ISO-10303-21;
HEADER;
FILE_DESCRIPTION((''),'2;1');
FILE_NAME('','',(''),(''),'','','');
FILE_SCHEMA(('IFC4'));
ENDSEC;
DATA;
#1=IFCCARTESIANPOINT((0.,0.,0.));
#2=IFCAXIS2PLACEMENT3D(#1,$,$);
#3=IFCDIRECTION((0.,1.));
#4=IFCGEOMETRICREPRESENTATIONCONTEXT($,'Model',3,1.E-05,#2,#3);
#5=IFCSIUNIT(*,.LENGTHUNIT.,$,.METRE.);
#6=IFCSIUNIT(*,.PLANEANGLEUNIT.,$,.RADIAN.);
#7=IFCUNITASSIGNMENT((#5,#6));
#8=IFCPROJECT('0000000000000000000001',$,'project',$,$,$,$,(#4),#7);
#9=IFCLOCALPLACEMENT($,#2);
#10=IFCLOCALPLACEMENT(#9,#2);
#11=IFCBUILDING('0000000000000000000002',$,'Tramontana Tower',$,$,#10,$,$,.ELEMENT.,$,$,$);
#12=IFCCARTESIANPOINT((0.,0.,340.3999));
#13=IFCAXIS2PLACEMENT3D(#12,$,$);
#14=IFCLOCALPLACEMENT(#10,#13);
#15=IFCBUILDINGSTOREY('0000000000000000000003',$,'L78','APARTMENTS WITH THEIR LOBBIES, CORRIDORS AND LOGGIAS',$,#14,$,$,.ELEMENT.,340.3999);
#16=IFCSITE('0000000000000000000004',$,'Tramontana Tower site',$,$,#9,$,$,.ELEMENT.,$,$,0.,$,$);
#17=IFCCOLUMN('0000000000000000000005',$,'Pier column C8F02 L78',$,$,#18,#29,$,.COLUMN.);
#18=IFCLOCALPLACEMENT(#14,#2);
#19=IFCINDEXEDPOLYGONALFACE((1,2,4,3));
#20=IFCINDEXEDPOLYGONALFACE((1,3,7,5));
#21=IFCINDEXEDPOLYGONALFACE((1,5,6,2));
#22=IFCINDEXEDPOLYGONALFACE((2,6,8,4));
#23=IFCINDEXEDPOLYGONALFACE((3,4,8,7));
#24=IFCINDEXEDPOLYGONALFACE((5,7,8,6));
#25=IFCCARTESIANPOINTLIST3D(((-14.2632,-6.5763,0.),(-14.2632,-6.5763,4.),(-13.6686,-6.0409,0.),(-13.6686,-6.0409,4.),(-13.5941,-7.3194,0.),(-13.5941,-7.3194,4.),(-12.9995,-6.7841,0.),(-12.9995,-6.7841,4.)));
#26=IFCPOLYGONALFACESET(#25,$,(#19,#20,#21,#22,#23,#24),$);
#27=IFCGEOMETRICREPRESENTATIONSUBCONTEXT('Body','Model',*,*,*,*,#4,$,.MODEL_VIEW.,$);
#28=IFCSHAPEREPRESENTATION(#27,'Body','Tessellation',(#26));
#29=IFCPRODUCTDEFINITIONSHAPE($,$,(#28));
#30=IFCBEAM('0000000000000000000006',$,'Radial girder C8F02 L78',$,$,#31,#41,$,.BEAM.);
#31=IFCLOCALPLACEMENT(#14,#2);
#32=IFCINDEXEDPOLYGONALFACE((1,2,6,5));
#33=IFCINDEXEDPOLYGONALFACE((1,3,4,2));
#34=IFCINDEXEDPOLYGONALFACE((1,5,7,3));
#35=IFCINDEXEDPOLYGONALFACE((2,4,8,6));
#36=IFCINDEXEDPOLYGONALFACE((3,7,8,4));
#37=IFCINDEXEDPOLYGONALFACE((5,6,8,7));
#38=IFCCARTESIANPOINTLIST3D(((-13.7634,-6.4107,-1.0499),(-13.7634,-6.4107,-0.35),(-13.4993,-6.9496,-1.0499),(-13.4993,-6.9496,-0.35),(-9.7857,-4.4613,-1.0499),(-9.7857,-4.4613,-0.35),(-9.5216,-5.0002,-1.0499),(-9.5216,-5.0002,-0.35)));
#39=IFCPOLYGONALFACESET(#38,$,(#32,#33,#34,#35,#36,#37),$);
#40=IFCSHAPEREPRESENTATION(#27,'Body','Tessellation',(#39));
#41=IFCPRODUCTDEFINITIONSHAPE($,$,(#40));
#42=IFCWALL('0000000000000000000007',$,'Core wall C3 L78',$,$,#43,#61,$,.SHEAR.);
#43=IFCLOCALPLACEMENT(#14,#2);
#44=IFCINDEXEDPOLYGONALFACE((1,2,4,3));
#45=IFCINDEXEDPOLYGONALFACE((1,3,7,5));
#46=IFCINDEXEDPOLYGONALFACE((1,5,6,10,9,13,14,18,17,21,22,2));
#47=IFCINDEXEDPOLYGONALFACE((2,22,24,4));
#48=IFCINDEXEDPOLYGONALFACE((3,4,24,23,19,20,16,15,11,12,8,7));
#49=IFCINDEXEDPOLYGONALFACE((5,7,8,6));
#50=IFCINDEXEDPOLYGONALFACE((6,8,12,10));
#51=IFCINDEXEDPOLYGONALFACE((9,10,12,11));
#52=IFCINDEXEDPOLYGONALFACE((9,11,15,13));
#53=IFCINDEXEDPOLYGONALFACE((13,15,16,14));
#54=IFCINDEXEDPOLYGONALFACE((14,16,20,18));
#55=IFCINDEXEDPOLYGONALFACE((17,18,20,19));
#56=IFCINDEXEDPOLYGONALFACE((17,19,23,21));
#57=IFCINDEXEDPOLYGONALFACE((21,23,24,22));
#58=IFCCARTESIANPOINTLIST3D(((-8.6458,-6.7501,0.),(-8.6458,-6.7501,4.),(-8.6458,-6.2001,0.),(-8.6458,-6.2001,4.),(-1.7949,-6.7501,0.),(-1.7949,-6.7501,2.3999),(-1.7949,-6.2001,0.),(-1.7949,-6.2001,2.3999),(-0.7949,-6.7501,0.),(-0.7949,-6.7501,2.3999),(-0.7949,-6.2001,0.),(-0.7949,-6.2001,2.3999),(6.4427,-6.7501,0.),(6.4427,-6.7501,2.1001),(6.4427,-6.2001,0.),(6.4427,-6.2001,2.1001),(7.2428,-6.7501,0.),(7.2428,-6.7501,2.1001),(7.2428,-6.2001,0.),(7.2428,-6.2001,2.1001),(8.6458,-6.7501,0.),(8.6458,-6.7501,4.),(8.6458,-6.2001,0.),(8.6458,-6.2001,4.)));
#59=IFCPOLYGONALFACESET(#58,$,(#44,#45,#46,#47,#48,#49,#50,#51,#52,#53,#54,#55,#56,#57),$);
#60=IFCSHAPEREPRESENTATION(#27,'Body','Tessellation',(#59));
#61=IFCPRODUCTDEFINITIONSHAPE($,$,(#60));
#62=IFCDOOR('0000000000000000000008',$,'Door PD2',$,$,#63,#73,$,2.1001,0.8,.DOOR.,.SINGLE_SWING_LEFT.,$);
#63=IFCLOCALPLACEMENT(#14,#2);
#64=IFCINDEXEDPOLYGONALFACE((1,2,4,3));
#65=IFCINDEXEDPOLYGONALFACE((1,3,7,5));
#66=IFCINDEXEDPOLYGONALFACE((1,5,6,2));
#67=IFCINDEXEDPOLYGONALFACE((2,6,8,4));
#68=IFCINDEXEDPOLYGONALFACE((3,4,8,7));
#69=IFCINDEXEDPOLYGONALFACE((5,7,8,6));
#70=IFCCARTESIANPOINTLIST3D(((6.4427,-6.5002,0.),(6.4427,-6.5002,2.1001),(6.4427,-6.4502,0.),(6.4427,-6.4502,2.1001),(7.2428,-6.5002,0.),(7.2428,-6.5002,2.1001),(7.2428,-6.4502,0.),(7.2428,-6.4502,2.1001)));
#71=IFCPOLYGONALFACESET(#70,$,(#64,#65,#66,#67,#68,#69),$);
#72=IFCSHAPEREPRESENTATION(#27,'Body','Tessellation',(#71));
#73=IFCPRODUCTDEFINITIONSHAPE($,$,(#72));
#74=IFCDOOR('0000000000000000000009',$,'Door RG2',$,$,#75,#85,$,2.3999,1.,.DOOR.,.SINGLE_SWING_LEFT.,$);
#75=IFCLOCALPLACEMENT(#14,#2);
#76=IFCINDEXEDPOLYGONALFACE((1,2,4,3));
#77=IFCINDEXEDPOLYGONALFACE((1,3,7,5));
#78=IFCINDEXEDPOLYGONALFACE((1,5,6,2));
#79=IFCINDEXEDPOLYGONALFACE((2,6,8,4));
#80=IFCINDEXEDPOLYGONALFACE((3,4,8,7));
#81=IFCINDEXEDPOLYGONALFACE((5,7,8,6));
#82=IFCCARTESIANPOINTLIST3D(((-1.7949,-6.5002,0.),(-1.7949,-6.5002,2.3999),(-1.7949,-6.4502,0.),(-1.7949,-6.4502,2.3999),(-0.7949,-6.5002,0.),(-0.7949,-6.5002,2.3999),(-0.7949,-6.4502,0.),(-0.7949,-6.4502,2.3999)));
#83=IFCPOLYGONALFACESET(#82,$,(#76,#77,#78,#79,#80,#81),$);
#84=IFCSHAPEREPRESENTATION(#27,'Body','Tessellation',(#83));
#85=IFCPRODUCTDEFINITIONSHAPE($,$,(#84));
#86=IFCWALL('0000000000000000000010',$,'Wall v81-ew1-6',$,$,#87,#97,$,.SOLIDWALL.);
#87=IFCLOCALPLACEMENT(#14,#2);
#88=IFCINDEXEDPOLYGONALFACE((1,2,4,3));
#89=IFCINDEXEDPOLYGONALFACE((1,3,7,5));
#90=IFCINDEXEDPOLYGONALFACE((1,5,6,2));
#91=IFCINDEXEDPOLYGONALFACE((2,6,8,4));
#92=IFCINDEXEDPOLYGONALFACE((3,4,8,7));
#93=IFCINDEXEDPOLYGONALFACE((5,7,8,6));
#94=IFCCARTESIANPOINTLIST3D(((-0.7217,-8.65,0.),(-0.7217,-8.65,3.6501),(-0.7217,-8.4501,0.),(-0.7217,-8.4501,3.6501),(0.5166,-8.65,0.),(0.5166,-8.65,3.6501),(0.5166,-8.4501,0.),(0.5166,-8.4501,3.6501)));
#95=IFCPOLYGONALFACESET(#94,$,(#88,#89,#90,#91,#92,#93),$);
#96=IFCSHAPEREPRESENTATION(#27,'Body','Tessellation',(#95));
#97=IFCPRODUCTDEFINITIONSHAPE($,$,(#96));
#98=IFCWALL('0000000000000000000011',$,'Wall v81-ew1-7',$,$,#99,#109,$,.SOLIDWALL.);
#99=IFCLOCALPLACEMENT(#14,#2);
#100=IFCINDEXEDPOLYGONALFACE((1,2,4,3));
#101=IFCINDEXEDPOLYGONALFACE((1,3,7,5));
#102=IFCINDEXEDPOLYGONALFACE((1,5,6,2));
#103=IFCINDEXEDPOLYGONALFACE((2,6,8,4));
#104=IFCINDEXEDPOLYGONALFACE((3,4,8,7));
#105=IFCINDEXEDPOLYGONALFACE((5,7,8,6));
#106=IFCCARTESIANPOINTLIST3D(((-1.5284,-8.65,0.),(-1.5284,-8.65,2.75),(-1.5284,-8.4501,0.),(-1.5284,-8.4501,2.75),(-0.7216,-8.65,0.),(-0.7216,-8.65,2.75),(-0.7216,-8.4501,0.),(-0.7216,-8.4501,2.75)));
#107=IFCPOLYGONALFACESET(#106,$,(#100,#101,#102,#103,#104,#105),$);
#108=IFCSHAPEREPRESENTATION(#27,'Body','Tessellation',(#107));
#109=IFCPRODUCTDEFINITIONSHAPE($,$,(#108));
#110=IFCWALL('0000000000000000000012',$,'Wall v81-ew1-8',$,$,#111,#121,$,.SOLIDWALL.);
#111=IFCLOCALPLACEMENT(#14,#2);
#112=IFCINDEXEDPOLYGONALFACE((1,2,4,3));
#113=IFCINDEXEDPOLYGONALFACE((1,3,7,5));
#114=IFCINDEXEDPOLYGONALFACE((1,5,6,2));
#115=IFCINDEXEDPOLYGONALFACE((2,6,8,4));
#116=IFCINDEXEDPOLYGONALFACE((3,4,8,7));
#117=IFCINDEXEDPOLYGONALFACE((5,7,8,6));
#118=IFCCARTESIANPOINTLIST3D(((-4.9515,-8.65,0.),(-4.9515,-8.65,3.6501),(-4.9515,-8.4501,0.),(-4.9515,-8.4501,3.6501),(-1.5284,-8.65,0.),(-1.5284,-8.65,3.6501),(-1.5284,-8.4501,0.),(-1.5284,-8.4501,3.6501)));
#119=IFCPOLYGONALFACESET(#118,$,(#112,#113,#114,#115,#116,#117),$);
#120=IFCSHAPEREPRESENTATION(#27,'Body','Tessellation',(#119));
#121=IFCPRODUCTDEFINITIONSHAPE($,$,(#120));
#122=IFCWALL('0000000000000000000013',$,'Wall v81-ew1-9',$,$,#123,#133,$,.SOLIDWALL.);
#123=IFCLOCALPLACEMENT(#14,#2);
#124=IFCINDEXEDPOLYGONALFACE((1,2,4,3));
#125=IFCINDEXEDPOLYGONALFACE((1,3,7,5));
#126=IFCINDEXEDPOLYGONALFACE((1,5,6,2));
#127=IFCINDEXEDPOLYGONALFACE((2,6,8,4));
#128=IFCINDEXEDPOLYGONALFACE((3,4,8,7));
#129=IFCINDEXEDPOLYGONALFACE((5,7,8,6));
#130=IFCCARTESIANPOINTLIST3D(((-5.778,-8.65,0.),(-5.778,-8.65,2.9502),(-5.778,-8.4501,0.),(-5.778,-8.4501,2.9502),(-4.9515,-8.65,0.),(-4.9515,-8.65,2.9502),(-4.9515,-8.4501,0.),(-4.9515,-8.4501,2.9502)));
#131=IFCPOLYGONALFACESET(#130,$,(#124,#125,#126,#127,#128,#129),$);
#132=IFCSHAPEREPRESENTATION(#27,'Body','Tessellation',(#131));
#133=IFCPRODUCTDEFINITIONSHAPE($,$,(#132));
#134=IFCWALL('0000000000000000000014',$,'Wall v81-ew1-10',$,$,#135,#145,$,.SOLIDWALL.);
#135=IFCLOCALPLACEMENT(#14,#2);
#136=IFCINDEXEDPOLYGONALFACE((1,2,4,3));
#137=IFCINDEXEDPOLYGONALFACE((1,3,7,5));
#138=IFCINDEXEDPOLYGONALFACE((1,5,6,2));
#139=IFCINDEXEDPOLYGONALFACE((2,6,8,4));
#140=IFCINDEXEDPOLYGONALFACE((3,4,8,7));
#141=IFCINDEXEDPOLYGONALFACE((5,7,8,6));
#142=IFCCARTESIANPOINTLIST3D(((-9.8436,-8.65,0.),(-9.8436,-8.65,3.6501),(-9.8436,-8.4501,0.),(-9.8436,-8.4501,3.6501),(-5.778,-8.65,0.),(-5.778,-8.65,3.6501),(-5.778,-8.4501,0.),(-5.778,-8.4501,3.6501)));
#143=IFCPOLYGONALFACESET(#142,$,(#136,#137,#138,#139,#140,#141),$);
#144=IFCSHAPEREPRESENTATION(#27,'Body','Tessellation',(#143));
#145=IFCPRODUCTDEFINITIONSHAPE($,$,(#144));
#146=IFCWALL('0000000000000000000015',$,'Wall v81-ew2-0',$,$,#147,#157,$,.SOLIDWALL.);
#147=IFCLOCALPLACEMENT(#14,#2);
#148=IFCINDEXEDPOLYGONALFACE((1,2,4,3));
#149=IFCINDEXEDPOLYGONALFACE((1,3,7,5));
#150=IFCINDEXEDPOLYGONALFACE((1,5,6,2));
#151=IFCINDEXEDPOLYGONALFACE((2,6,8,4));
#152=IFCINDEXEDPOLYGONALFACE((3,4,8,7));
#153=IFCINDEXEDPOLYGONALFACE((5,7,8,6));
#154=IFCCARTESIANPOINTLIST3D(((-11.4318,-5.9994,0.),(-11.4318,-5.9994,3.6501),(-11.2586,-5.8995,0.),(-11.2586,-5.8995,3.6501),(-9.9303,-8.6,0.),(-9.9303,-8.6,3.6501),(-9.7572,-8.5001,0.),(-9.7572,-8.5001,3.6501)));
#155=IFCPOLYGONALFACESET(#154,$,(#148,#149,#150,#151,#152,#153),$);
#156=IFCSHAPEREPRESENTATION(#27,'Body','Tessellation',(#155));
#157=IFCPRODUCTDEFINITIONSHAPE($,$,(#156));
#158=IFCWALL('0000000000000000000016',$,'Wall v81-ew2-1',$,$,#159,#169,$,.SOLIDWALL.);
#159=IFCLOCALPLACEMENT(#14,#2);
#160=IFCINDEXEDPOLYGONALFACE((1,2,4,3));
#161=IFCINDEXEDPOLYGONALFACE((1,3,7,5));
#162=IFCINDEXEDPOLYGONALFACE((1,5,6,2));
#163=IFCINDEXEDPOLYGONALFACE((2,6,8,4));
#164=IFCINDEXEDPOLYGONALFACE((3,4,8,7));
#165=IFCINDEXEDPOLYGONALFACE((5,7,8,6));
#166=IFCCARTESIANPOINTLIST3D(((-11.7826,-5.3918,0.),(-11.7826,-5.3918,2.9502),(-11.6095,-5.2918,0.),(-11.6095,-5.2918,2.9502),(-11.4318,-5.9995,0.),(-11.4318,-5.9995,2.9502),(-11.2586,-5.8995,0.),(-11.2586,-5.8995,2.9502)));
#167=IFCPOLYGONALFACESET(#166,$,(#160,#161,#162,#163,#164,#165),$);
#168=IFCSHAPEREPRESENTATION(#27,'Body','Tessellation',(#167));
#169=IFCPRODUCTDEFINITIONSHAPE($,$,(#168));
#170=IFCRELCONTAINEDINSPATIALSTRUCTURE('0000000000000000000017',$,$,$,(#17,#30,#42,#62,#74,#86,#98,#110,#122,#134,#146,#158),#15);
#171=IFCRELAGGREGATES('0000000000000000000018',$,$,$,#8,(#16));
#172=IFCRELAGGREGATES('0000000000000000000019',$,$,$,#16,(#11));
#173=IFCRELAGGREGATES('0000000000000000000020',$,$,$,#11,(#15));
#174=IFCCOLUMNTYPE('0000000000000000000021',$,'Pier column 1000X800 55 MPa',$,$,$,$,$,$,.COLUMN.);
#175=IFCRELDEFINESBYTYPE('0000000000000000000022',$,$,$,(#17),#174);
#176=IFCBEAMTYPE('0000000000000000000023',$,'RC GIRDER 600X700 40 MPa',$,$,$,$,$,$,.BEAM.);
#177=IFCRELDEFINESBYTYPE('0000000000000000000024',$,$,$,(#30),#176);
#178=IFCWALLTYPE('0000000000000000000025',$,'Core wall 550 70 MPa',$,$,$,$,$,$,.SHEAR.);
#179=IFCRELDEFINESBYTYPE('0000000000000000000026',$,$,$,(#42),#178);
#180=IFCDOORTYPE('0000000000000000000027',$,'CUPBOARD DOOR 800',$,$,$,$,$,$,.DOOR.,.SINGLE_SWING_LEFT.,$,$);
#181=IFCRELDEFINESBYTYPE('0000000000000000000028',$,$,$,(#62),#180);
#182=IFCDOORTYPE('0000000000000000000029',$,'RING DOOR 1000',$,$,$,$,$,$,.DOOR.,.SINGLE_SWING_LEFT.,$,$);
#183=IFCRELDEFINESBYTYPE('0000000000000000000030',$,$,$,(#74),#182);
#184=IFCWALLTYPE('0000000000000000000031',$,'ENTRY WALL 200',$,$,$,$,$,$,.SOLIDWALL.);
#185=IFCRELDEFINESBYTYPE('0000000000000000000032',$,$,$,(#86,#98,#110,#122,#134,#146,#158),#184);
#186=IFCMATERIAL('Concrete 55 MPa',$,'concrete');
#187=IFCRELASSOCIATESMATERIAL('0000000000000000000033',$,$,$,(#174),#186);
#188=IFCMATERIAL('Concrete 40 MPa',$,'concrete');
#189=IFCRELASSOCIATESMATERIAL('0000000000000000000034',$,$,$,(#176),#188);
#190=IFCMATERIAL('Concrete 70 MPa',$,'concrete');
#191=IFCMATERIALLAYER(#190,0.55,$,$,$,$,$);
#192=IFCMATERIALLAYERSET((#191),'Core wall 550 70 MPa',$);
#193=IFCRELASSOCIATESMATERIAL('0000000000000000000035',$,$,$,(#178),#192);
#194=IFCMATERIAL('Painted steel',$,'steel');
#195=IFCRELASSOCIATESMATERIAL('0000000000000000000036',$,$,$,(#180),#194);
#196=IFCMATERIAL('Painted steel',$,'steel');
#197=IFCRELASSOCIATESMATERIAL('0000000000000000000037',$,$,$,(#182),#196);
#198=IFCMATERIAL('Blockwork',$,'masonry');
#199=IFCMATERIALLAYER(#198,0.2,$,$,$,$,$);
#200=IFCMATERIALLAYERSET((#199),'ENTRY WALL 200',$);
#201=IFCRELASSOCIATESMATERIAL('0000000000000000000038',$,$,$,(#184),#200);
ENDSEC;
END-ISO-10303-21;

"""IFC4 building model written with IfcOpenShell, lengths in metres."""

from ifc_helpers import new_model, si_unit, direction, frame, frame_2d, origin, origin_2d, place, context, subcontext, project, spatial, rectangle, extrude, material, layer, layer_set, material_profile, profile_set, type_object, element, fill, save


model = new_model("IFC4")

# Units and contexts
model_context = context("Model", 3, precision=1e-05, world=origin(), true_north=direction((0.0, 1.0)))
body_context = subcontext(model_context, "Body", "Model", "MODEL_VIEW")
ifc_project = project(units=[si_unit("LENGTHUNIT", "METRE"), si_unit("PLANEANGLEUNIT", "RADIAN")], contexts=[model_context])

# Site, building, storey
site_placement = place(None, origin())
site = spatial("IfcSite", under=ifc_project, at=site_placement, Name="Tramontana Tower site", CompositionType="ELEMENT", RefElevation=0.0)
building_placement = place(site_placement, origin())
building = spatial("IfcBuilding", under=site, at=building_placement, Name="Tramontana Tower", CompositionType="ELEMENT")
storey_placement = place(building_placement, frame((0.0, 0.0, 340.3999)))
storey = spatial("IfcBuildingStorey", under=building, at=storey_placement, Name="L78", Description="APARTMENTS WITH THEIR LOBBIES, CORRIDORS AND LOGGIAS", CompositionType="ELEMENT", Elevation=340.3999)

# Column
ifc_material_1 = material(Name="Concrete 55 MPa", Category="concrete")
ifc_material_profile_1 = material_profile(ifc_material_1, rectangle(XDim=1.0, YDim=0.8, at=origin_2d()), Name="Pier column 1000X800 55 MPa")
ifc_profile_set_1 = profile_set([ifc_material_profile_1], Name="Concrete 55 MPa")
column_type = type_object("IfcColumnType", Name="Pier column 1000X800 55 MPa", PredefinedType="COLUMN", material=ifc_profile_set_1)
column_placement = place(storey_placement, frame((-13.6313, -6.6802, 0.0), z_axis=(0.0, 0.0, 1.0), x_axis=(0.669131, -0.743145, 0.0)))
element("IfcColumn", 1, at=column_placement, inside=storey, type_object=column_type, Name="Pier column C8F02 L78", PredefinedType="COLUMN", context=body_context, shape_type="SweptSolid", body=[
    extrude(rectangle(XDim=1.0, YDim=0.8, at=origin_2d()), origin(), (0.0, 0.0, 1.0), 4.0),
])

# Beam
ifc_material_2 = material(Name="Concrete 40 MPa", Category="concrete")
ifc_material_profile_2 = material_profile(ifc_material_2, rectangle(XDim=0.6001, YDim=0.7, at=origin_2d()), Name="RC GIRDER 600X700 40 MPa")
ifc_profile_set_2 = profile_set([ifc_material_profile_2], Name="Concrete 40 MPa")
beam_type = type_object("IfcBeamType", Name="RC GIRDER 600X700 40 MPa", PredefinedType="BEAM", material=ifc_profile_set_2)
beam_placement = place(storey_placement, frame((-13.6313, -6.6802, -0.7), z_axis=(0.897959, 0.440079, 0.0), x_axis=(-0.440079, 0.897959, 0.0)))
element("IfcBeam", 2, at=beam_placement, inside=storey, type_object=beam_type, Name="Radial girder C8F02 L78", PredefinedType="BEAM", context=body_context, shape_type="SweptSolid", body=[
    extrude(rectangle(XDim=0.6001, YDim=0.7, at=origin_2d()), origin(), (0.0, 0.0, 1.0), 4.4297),
])

# Wall, openings, doors
ifc_material_3 = material(Name="Concrete 70 MPa", Category="concrete")
ifc_layer_1 = layer(ifc_material_3, 0.55)
ifc_layer_set_1 = layer_set([ifc_layer_1], Name="Core wall 550 70 MPa")
wall_type_1 = type_object("IfcWallType", Name="Core wall 550 70 MPa", PredefinedType="SHEAR", material=ifc_layer_set_1)
wall_1_placement = place(storey_placement, frame((-8.6458, -6.4751, 0.0), z_axis=(0.0, 0.0, 1.0), x_axis=(1.0, 0.0, 0.0)))
wall_1 = element("IfcWall", 3, at=wall_1_placement, inside=storey, type_object=wall_type_1, Name="Core wall C3 L78", PredefinedType="SHEAR", context=body_context, shape_type="SweptSolid", body=[
    extrude(rectangle(XDim=17.2915, YDim=0.55, at=frame_2d((8.6458, 0.0))), origin(), (0.0, 0.0, 1.0), 4.0),
])
opening_1_placement = place(wall_1_placement, frame((6.8508, 0.0, 0.0)))
opening_1 = element("IfcOpeningElement", 4, at=opening_1_placement, cuts=wall_1, PredefinedType="OPENING", context=body_context, shape_type="SweptSolid", body=[
    extrude(rectangle(XDim=1.0, YDim=2.3999, at=frame_2d((0.5, 1.2))), frame((0.0, 0.2849, 0.0), z_axis=(0.0, -1.0, 0.0), x_axis=(1.0, 0.0, 0.0)), (0.0, 0.0, 1.0), 0.5701),
])
opening_2_placement = place(wall_1_placement, frame((15.0886, 0.0, 0.0)))
opening_2 = element("IfcOpeningElement", 5, at=opening_2_placement, cuts=wall_1, PredefinedType="OPENING", context=body_context, shape_type="SweptSolid", body=[
    extrude(rectangle(XDim=0.8, YDim=2.1001, at=frame_2d((0.3999, 1.05))), frame((0.0, 0.2849, 0.0), z_axis=(0.0, -1.0, 0.0), x_axis=(1.0, 0.0, 0.0)), (0.0, 0.0, 1.0), 0.5701),
])
ifc_material_4 = material(Name="Painted steel", Category="steel")
door_type_1 = type_object("IfcDoorType", Name="CUPBOARD DOOR 800", OperationType="SINGLE_SWING_LEFT", PredefinedType="DOOR", material=ifc_material_4)
door_1_placement = place(opening_2_placement, origin())
door_1 = element("IfcDoor", 6, at=door_1_placement, inside=storey, type_object=door_type_1, Name="Door PD2", OperationType="SINGLE_SWING_LEFT", OverallHeight=2.1001, OverallWidth=0.8, PredefinedType="DOOR", context=body_context, shape_type="SweptSolid", body=[
    extrude(rectangle(XDim=0.8, YDim=2.1001, at=frame_2d((0.3999, 1.05))), frame((0.0, 0.0249, 0.0), z_axis=(0.0, -1.0, 0.0), x_axis=(1.0, 0.0, 0.0)), (0.0, 0.0, 1.0), 0.05),
])
fill(opening_2, door_1)
ifc_material_5 = material(Name="Painted steel", Category="steel")
door_type_2 = type_object("IfcDoorType", Name="RING DOOR 1000", OperationType="SINGLE_SWING_LEFT", PredefinedType="DOOR", material=ifc_material_5)
door_2_placement = place(opening_1_placement, origin())
door_2 = element("IfcDoor", 7, at=door_2_placement, inside=storey, type_object=door_type_2, Name="Door RG2", OperationType="SINGLE_SWING_LEFT", OverallHeight=2.3999, OverallWidth=1.0, PredefinedType="DOOR", context=body_context, shape_type="SweptSolid", body=[
    extrude(rectangle(XDim=1.0, YDim=2.3999, at=frame_2d((0.5, 1.2))), frame((0.0, 0.0249, 0.0), z_axis=(0.0, -1.0, 0.0), x_axis=(1.0, 0.0, 0.0)), (0.0, 0.0, 1.0), 0.05),
])
fill(opening_1, door_2)

# Walls
ifc_material_6 = material(Name="Blockwork", Category="masonry")
ifc_layer_2 = layer(ifc_material_6, 0.2)
ifc_layer_set_2 = layer_set([ifc_layer_2], Name="ENTRY WALL 200")
wall_type_2 = type_object("IfcWallType", Name="ENTRY WALL 200", PredefinedType="SOLIDWALL", material=ifc_layer_set_2)
wall_2_placement = place(storey_placement, frame((0.5166, -8.55, 0.0), z_axis=(0.0, 0.0, 1.0), x_axis=(-1.0, 0.0, 0.0)))
element("IfcWall", 8, at=wall_2_placement, inside=storey, type_object=wall_type_2, Name="Wall v81-ew1-6", PredefinedType="SOLIDWALL", context=body_context, shape_type="SweptSolid", body=[
    extrude(rectangle(XDim=1.2383, YDim=0.2, at=frame_2d((0.6191, 0.0))), origin(), (0.0, 0.0, 1.0), 3.6501),
])
wall_3_placement = place(storey_placement, frame((-0.7217, -8.55, 0.0), z_axis=(0.0, 0.0, 1.0), x_axis=(-1.0, 0.0, 0.0)))
element("IfcWall", 9, at=wall_3_placement, inside=storey, type_object=wall_type_2, Name="Wall v81-ew1-7", PredefinedType="SOLIDWALL", context=body_context, shape_type="SweptSolid", body=[
    extrude(rectangle(XDim=0.8069, YDim=0.2, at=frame_2d((0.4033, 0.0))), origin(), (0.0, 0.0, 1.0), 2.75),
])
wall_4_placement = place(storey_placement, frame((-1.5286, -8.55, 0.0), z_axis=(0.0, 0.0, 1.0), x_axis=(-1.0, 0.0, 0.0)))
element("IfcWall", 10, at=wall_4_placement, inside=storey, type_object=wall_type_2, Name="Wall v81-ew1-8", PredefinedType="SOLIDWALL", context=body_context, shape_type="SweptSolid", body=[
    extrude(rectangle(XDim=3.4231, YDim=0.2, at=frame_2d((1.7114, 0.0))), origin(), (0.0, 0.0, 1.0), 3.6501),
])
wall_5_placement = place(storey_placement, frame((-4.9517, -8.55, 0.0), z_axis=(0.0, 0.0, 1.0), x_axis=(-1.0, 0.0, 0.0)))
element("IfcWall", 11, at=wall_5_placement, inside=storey, type_object=wall_type_2, Name="Wall v81-ew1-9", PredefinedType="SOLIDWALL", context=body_context, shape_type="SweptSolid", body=[
    extrude(rectangle(XDim=0.8264, YDim=0.2, at=frame_2d((0.4131, 0.0))), origin(), (0.0, 0.0, 1.0), 2.9502),
])
wall_6_placement = place(storey_placement, frame((-5.7781, -8.55, 0.0), z_axis=(0.0, 0.0, 1.0), x_axis=(-1.0, 0.0, 0.0)))
element("IfcWall", 12, at=wall_6_placement, inside=storey, type_object=wall_type_2, Name="Wall v81-ew1-10", PredefinedType="SOLIDWALL", context=body_context, shape_type="SweptSolid", body=[
    extrude(rectangle(XDim=4.0657, YDim=0.2, at=frame_2d((2.0327, 0.0))), origin(), (0.0, 0.0, 1.0), 3.6501),
])
wall_7_placement = place(storey_placement, frame((-9.8438, -8.55, 0.0), z_axis=(0.0, 0.0, 1.0), x_axis=(-0.500004, 0.866023, 0.0)))
element("IfcWall", 13, at=wall_7_placement, inside=storey, type_object=wall_type_2, Name="Wall v81-ew2-0", PredefinedType="SOLIDWALL", context=body_context, shape_type="SweptSolid", body=[
    extrude(rectangle(XDim=3.0029, YDim=0.2, at=frame_2d((1.5015, 0.0))), origin(), (0.0, 0.0, 1.0), 3.6501),
])
wall_8_placement = place(storey_placement, frame((-11.3452, -5.9495, 0.0), z_axis=(0.0, 0.0, 1.0), x_axis=(-0.499994, 0.866029, 0.0)))
element("IfcWall", 14, at=wall_8_placement, inside=storey, type_object=wall_type_2, Name="Wall v81-ew2-1", PredefinedType="SOLIDWALL", context=body_context, shape_type="SweptSolid", body=[
    extrude(rectangle(XDim=0.7017, YDim=0.2, at=frame_2d((0.3508, 0.0))), origin(), (0.0, 0.0, 1.0), 2.9502),
])

save(model, "model.ifc")
